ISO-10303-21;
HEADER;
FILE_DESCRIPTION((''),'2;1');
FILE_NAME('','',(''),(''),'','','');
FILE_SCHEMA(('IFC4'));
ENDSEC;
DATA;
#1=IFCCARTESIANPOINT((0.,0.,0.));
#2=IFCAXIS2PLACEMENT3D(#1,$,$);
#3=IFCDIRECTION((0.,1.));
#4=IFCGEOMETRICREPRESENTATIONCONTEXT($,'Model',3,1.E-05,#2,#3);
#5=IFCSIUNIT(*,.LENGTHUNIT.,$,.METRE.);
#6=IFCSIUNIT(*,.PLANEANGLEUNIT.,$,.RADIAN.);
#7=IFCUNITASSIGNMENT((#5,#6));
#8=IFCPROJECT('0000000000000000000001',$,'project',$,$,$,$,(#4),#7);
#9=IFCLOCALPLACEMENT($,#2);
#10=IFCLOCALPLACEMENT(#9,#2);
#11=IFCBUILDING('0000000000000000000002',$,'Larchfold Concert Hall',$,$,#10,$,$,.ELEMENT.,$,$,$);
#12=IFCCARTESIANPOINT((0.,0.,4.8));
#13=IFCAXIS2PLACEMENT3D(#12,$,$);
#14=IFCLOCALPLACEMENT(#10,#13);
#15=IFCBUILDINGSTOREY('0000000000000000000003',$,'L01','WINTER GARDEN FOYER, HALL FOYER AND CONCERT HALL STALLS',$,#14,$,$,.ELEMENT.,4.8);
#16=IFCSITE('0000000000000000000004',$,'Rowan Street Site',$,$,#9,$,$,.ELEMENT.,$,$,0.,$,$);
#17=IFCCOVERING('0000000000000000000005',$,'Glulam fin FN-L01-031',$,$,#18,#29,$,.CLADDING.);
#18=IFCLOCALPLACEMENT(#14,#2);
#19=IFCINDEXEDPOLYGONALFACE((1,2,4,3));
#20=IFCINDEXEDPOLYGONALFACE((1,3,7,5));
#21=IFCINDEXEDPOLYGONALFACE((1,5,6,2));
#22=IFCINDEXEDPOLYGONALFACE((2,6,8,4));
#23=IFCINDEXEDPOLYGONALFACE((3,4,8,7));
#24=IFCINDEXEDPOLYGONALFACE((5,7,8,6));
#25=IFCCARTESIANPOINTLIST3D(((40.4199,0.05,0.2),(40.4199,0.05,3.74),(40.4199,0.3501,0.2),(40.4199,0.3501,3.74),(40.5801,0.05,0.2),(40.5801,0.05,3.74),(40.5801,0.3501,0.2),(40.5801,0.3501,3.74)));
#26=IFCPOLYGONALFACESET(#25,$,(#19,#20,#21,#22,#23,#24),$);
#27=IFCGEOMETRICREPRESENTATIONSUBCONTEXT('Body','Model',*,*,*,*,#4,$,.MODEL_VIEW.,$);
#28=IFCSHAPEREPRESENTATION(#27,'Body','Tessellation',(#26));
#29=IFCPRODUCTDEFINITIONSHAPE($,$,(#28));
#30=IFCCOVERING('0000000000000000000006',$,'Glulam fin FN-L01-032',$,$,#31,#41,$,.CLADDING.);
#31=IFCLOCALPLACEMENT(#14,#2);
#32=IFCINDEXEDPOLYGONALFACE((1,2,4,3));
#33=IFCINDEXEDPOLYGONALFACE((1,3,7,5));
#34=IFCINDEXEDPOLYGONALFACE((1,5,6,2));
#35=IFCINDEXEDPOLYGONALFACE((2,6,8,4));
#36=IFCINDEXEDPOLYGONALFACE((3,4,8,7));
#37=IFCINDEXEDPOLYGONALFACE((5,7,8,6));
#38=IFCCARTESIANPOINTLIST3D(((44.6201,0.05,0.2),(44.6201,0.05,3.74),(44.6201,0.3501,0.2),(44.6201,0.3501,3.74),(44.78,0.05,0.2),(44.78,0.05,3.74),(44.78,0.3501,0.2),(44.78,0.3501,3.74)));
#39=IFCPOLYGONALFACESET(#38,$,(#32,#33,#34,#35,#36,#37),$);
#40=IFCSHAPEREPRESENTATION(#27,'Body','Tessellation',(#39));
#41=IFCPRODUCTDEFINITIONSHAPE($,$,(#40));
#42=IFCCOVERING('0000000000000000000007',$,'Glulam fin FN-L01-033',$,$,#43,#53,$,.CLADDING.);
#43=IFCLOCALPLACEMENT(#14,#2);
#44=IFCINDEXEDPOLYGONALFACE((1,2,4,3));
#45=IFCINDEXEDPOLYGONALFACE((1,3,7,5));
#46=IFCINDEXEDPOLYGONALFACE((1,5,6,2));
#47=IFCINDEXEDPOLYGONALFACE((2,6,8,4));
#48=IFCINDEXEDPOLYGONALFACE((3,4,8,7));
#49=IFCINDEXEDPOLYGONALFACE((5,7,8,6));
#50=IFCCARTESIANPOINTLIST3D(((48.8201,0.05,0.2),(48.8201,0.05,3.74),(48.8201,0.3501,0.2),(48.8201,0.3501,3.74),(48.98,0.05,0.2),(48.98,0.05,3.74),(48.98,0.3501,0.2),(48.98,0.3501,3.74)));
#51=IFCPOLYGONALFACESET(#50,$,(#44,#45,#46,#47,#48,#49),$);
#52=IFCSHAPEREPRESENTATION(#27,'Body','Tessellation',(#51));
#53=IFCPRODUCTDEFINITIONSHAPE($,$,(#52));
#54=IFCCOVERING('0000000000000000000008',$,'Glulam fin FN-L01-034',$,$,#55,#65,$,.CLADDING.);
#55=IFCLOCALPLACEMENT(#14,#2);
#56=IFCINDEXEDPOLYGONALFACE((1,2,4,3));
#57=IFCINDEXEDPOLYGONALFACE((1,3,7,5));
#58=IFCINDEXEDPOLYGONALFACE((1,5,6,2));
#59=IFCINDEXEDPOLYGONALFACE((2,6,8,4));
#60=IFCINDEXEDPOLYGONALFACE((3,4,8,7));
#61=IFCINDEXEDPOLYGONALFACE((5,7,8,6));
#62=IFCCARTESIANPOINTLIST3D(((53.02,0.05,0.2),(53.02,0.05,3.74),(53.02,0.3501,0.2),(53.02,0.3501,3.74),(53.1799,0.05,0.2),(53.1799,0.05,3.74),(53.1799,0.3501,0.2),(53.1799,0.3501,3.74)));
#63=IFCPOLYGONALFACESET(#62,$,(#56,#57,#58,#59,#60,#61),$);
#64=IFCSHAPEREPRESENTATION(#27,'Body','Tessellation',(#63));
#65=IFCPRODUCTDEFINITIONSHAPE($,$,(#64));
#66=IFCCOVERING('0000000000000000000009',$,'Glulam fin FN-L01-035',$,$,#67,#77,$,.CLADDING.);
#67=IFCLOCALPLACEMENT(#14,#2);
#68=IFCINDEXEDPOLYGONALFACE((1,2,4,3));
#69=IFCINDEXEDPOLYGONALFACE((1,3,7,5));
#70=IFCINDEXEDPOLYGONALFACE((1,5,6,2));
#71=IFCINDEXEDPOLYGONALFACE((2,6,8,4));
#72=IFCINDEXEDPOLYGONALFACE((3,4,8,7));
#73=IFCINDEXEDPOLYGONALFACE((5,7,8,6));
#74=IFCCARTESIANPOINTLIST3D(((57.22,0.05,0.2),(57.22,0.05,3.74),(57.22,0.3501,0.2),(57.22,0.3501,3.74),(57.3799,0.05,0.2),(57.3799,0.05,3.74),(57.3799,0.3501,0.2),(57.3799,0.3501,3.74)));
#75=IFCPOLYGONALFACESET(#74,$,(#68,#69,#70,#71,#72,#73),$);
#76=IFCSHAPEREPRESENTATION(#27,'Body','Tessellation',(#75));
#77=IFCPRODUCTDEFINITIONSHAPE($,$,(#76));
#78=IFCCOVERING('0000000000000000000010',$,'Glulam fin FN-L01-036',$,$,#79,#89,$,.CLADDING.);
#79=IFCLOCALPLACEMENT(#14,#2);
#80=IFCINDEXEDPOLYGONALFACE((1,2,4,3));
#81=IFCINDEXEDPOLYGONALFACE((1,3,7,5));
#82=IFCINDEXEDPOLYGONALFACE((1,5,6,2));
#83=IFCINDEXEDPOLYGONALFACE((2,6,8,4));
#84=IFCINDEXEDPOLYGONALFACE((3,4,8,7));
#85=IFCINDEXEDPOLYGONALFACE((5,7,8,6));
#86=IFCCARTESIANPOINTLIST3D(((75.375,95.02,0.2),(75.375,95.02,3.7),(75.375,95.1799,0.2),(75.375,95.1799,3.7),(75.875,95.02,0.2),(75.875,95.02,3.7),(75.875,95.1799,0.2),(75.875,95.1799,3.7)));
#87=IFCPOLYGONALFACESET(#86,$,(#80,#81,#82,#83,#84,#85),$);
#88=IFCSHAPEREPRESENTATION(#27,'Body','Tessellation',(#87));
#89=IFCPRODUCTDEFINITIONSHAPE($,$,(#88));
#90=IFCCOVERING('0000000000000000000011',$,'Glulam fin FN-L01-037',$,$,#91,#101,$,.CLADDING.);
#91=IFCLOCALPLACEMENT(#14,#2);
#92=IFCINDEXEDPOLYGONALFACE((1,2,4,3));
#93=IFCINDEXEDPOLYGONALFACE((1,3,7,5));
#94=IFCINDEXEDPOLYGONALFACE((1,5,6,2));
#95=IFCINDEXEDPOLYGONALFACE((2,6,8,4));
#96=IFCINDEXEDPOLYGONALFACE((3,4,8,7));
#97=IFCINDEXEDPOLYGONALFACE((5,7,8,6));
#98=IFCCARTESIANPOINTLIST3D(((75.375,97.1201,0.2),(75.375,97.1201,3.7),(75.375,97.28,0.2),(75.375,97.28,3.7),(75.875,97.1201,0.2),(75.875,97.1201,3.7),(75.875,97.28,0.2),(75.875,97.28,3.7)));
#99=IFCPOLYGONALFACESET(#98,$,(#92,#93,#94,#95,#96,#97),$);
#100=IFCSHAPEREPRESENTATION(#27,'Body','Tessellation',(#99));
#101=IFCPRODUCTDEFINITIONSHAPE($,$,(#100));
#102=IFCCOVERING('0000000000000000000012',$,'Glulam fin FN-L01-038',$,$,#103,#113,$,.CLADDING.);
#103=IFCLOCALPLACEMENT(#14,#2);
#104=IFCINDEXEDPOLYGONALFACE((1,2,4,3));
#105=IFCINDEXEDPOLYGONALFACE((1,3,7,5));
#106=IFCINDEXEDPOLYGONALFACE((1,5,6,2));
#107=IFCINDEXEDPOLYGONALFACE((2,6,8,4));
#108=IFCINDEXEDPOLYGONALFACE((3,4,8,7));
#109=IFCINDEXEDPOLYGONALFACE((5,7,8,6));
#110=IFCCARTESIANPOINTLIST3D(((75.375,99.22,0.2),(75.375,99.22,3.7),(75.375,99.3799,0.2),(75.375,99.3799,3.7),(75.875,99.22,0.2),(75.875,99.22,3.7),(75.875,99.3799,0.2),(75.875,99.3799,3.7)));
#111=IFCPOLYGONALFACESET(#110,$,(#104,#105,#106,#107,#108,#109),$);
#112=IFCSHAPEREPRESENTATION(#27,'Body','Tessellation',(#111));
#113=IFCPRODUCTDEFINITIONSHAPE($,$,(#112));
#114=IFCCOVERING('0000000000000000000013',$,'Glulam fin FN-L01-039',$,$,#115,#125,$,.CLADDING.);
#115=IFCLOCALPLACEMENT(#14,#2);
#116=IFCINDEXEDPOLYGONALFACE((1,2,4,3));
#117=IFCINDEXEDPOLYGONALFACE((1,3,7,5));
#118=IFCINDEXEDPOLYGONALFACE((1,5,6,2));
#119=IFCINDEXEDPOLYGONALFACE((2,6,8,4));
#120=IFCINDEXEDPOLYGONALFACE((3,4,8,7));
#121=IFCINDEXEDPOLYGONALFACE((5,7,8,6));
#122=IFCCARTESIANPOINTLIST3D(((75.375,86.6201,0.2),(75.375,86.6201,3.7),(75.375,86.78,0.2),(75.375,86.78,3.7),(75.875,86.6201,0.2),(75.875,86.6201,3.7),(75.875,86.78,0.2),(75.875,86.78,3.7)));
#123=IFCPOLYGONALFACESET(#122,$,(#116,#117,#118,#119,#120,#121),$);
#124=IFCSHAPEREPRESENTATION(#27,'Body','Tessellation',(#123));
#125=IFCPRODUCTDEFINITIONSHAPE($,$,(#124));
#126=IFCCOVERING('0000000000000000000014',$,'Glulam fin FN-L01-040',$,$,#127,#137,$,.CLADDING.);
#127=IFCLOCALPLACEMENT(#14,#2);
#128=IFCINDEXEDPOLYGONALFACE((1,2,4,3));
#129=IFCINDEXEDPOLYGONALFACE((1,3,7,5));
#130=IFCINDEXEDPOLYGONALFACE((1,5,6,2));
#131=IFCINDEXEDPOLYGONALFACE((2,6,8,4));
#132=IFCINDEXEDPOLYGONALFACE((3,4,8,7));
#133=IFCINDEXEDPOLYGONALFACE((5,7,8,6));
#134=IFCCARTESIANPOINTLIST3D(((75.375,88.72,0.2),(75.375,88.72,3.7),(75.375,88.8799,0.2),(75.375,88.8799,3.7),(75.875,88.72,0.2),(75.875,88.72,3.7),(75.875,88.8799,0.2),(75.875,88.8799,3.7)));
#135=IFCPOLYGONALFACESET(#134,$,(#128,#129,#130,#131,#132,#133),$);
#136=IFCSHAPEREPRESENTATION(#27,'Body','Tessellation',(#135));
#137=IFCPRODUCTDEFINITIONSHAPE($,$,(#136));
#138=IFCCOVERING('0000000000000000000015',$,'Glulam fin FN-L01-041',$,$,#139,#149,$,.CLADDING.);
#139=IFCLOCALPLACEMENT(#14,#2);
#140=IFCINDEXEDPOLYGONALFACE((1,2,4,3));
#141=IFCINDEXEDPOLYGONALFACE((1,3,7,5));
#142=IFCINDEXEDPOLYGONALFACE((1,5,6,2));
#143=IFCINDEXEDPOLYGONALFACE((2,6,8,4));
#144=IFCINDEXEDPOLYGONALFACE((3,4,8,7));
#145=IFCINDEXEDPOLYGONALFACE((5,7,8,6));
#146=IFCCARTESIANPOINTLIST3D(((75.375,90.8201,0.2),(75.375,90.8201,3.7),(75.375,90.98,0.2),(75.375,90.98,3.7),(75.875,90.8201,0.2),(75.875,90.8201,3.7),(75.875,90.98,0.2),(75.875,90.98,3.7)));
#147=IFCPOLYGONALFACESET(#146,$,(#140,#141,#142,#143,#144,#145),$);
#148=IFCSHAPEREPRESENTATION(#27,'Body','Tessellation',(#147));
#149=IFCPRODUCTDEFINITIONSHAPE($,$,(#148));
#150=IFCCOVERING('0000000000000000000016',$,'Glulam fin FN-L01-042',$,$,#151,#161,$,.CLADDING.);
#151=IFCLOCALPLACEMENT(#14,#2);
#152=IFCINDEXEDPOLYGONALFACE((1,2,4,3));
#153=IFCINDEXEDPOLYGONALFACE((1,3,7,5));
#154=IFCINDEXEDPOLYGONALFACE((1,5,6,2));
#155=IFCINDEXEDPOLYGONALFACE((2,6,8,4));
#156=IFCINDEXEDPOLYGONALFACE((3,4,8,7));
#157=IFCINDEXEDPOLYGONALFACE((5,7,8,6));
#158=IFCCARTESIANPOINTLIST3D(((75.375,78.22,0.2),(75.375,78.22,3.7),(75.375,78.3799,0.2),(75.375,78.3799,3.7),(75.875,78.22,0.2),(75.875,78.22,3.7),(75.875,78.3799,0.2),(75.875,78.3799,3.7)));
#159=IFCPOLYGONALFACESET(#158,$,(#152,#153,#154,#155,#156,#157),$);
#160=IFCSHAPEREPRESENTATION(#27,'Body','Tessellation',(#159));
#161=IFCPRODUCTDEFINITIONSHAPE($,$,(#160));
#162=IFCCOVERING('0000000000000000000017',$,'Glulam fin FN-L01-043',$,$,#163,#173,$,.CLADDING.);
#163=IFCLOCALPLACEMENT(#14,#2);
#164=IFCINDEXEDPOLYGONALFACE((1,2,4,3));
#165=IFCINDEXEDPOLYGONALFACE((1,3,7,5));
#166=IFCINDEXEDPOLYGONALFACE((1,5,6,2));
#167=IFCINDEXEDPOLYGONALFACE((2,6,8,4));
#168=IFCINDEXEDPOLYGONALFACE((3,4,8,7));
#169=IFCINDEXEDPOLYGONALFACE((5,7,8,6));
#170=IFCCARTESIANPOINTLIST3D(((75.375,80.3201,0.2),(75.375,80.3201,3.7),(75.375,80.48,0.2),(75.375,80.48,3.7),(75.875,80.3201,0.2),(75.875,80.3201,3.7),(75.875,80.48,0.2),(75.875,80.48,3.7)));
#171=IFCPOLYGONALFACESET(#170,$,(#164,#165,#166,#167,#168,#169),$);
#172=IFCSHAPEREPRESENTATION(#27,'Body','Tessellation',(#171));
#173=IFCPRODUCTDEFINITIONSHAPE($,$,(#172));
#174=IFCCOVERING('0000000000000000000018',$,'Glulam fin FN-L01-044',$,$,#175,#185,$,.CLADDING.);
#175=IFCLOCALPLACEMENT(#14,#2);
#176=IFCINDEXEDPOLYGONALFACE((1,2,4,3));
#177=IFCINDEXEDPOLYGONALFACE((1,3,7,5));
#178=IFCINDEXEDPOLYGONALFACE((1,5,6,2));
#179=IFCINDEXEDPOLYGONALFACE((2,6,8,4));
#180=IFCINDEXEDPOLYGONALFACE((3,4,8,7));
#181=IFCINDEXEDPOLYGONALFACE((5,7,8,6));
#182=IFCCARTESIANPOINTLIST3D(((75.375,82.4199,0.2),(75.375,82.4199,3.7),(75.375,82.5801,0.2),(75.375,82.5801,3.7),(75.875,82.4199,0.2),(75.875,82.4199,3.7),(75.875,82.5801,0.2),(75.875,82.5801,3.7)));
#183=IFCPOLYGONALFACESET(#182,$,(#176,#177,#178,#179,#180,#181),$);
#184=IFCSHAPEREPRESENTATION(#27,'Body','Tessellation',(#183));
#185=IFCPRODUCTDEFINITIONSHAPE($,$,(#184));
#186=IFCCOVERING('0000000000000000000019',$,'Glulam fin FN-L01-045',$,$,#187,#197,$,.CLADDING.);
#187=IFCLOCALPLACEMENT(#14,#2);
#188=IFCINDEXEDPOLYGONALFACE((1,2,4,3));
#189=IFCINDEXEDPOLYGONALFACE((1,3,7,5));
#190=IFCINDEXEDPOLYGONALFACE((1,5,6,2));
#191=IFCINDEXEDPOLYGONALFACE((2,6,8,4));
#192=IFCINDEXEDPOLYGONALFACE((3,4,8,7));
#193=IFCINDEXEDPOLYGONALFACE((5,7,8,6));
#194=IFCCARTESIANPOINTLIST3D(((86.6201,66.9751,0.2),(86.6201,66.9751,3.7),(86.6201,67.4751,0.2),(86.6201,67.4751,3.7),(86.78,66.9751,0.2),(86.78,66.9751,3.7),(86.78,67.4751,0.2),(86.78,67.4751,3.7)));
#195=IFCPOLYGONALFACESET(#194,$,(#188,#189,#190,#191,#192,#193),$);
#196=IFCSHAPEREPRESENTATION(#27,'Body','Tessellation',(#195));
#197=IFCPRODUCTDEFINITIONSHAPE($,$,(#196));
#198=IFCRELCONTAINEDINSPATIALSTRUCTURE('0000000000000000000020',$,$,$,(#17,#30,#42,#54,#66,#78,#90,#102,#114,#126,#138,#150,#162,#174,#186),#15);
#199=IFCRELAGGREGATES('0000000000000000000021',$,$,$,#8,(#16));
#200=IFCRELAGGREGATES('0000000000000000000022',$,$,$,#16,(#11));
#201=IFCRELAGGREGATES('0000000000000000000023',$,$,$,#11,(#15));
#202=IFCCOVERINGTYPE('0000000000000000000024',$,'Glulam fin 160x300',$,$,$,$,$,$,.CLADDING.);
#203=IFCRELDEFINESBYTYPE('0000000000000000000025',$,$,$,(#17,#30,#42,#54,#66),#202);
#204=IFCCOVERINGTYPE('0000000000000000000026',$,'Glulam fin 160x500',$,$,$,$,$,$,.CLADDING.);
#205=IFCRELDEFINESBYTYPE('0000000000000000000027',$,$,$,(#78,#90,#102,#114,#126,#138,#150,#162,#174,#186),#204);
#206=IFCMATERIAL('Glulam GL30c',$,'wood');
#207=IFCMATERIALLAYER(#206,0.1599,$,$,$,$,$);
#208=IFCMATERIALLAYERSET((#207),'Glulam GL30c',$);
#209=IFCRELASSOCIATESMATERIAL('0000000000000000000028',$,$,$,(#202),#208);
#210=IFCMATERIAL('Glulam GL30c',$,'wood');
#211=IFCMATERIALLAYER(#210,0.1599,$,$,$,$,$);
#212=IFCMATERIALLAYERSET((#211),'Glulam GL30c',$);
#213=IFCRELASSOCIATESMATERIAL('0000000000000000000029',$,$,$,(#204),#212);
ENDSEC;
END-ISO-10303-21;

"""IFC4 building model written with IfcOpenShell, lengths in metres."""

from ifc_helpers import new_model, si_unit, direction, frame, origin, place, context, subcontext, project, spatial, polyline, outline, extrude, material, layer, layer_set, type_object, element, save


model = new_model("IFC4")

# Units and contexts
model_context = context("Model", 3, precision=1e-05, world=origin(), true_north=direction((0.0, 1.0)))
body_context = subcontext(model_context, "Body", "Model", "MODEL_VIEW")
ifc_project = project(units=[si_unit("LENGTHUNIT", "METRE"), si_unit("PLANEANGLEUNIT", "RADIAN")], contexts=[model_context])

# Site, building, storey
site_placement = place(None, origin())
site = spatial("IfcSite", under=ifc_project, at=site_placement, Name="Rowan Street Site", CompositionType="ELEMENT", RefElevation=0.0)
building_placement = place(site_placement, origin())
building = spatial("IfcBuilding", under=site, at=building_placement, Name="Larchfold Concert Hall", CompositionType="ELEMENT")
storey_placement = place(building_placement, frame((0.0, 0.0, 4.8)))
storey = spatial("IfcBuildingStorey", under=building, at=storey_placement, Name="L01", Description="WINTER GARDEN FOYER, HALL FOYER AND CONCERT HALL STALLS", CompositionType="ELEMENT", Elevation=4.8)

# Coverings
ifc_material_1 = material(Name="Glulam GL30c", Category="wood")
ifc_layer_1 = layer(ifc_material_1, 0.1599)
ifc_layer_set_1 = layer_set([ifc_layer_1], Name="Glulam GL30c")
covering_type_1 = type_object("IfcCoveringType", Name="Glulam fin 160x300", PredefinedType="CLADDING", material=ifc_layer_set_1)
covering_1_placement = place(storey_placement, frame((0.0, 0.0, 0.2)))
element("IfcCovering", 1, at=covering_1_placement, inside=storey, type_object=covering_type_1, Name="Glulam fin FN-L01-031", PredefinedType="CLADDING", context=body_context, shape_type="SweptSolid", body=[
    extrude(outline(polyline([(40.5801, 0.05), (40.5801, 0.3501), (40.4199, 0.3501), (40.4199, 0.05), (40.5801, 0.05)])), origin(), (0.0, 0.0, 1.0), 3.54),
])
covering_2_placement = place(storey_placement, frame((0.0, 0.0, 0.2)))
element("IfcCovering", 2, at=covering_2_placement, inside=storey, type_object=covering_type_1, Name="Glulam fin FN-L01-032", PredefinedType="CLADDING", context=body_context, shape_type="SweptSolid", body=[
    extrude(outline(polyline([(44.78, 0.05), (44.78, 0.3501), (44.6201, 0.3501), (44.6201, 0.05), (44.78, 0.05)])), origin(), (0.0, 0.0, 1.0), 3.54),
])
covering_3_placement = place(storey_placement, frame((0.0, 0.0, 0.2)))
element("IfcCovering", 3, at=covering_3_placement, inside=storey, type_object=covering_type_1, Name="Glulam fin FN-L01-033", PredefinedType="CLADDING", context=body_context, shape_type="SweptSolid", body=[
    extrude(outline(polyline([(48.98, 0.05), (48.98, 0.3501), (48.8201, 0.3501), (48.8201, 0.05), (48.98, 0.05)])), origin(), (0.0, 0.0, 1.0), 3.54),
])
covering_4_placement = place(storey_placement, frame((0.0, 0.0, 0.2)))
element("IfcCovering", 4, at=covering_4_placement, inside=storey, type_object=covering_type_1, Name="Glulam fin FN-L01-034", PredefinedType="CLADDING", context=body_context, shape_type="SweptSolid", body=[
    extrude(outline(polyline([(53.1799, 0.05), (53.1799, 0.3501), (53.02, 0.3501), (53.02, 0.05), (53.1799, 0.05)])), origin(), (0.0, 0.0, 1.0), 3.54),
])
covering_5_placement = place(storey_placement, frame((0.0, 0.0, 0.2)))
element("IfcCovering", 5, at=covering_5_placement, inside=storey, type_object=covering_type_1, Name="Glulam fin FN-L01-035", PredefinedType="CLADDING", context=body_context, shape_type="SweptSolid", body=[
    extrude(outline(polyline([(57.3799, 0.05), (57.3799, 0.3501), (57.22, 0.3501), (57.22, 0.05), (57.3799, 0.05)])), origin(), (0.0, 0.0, 1.0), 3.54),
])
ifc_material_2 = material(Name="Glulam GL30c", Category="wood")
ifc_layer_2 = layer(ifc_material_2, 0.1599)
ifc_layer_set_2 = layer_set([ifc_layer_2], Name="Glulam GL30c")
covering_type_2 = type_object("IfcCoveringType", Name="Glulam fin 160x500", PredefinedType="CLADDING", material=ifc_layer_set_2)
covering_6_placement = place(storey_placement, frame((0.0, 0.0, 0.2)))
element("IfcCovering", 6, at=covering_6_placement, inside=storey, type_object=covering_type_2, Name="Glulam fin FN-L01-036", PredefinedType="CLADDING", context=body_context, shape_type="SweptSolid", body=[
    extrude(outline(polyline([(75.875, 95.02), (75.875, 95.1799), (75.375, 95.1799), (75.375, 95.02), (75.875, 95.02)])), origin(), (0.0, 0.0, 1.0), 3.5),
])
covering_7_placement = place(storey_placement, frame((0.0, 0.0, 0.2)))
element("IfcCovering", 7, at=covering_7_placement, inside=storey, type_object=covering_type_2, Name="Glulam fin FN-L01-037", PredefinedType="CLADDING", context=body_context, shape_type="SweptSolid", body=[
    extrude(outline(polyline([(75.875, 97.1201), (75.875, 97.28), (75.375, 97.28), (75.375, 97.1201), (75.875, 97.1201)])), origin(), (0.0, 0.0, 1.0), 3.5),
])
covering_8_placement = place(storey_placement, frame((0.0, 0.0, 0.2)))
element("IfcCovering", 8, at=covering_8_placement, inside=storey, type_object=covering_type_2, Name="Glulam fin FN-L01-038", PredefinedType="CLADDING", context=body_context, shape_type="SweptSolid", body=[
    extrude(outline(polyline([(75.875, 99.22), (75.875, 99.3799), (75.375, 99.3799), (75.375, 99.22), (75.875, 99.22)])), origin(), (0.0, 0.0, 1.0), 3.5),
])
covering_9_placement = place(storey_placement, frame((0.0, 0.0, 0.2)))
element("IfcCovering", 9, at=covering_9_placement, inside=storey, type_object=covering_type_2, Name="Glulam fin FN-L01-039", PredefinedType="CLADDING", context=body_context, shape_type="SweptSolid", body=[
    extrude(outline(polyline([(75.875, 86.6201), (75.875, 86.78), (75.375, 86.78), (75.375, 86.6201), (75.875, 86.6201)])), origin(), (0.0, 0.0, 1.0), 3.5),
])
covering_10_placement = place(storey_placement, frame((0.0, 0.0, 0.2)))
element("IfcCovering", 10, at=covering_10_placement, inside=storey, type_object=covering_type_2, Name="Glulam fin FN-L01-040", PredefinedType="CLADDING", context=body_context, shape_type="SweptSolid", body=[
    extrude(outline(polyline([(75.875, 88.72), (75.875, 88.8799), (75.375, 88.8799), (75.375, 88.72), (75.875, 88.72)])), origin(), (0.0, 0.0, 1.0), 3.5),
])
covering_11_placement = place(storey_placement, frame((0.0, 0.0, 0.2)))
element("IfcCovering", 11, at=covering_11_placement, inside=storey, type_object=covering_type_2, Name="Glulam fin FN-L01-041", PredefinedType="CLADDING", context=body_context, shape_type="SweptSolid", body=[
    extrude(outline(polyline([(75.875, 90.8201), (75.875, 90.98), (75.375, 90.98), (75.375, 90.8201), (75.875, 90.8201)])), origin(), (0.0, 0.0, 1.0), 3.5),
])
covering_12_placement = place(storey_placement, frame((0.0, 0.0, 0.2)))
element("IfcCovering", 12, at=covering_12_placement, inside=storey, type_object=covering_type_2, Name="Glulam fin FN-L01-042", PredefinedType="CLADDING", context=body_context, shape_type="SweptSolid", body=[
    extrude(outline(polyline([(75.875, 78.22), (75.875, 78.3799), (75.375, 78.3799), (75.375, 78.22), (75.875, 78.22)])), origin(), (0.0, 0.0, 1.0), 3.5),
])
covering_13_placement = place(storey_placement, frame((0.0, 0.0, 0.2)))
element("IfcCovering", 13, at=covering_13_placement, inside=storey, type_object=covering_type_2, Name="Glulam fin FN-L01-043", PredefinedType="CLADDING", context=body_context, shape_type="SweptSolid", body=[
    extrude(outline(polyline([(75.875, 80.3201), (75.875, 80.48), (75.375, 80.48), (75.375, 80.3201), (75.875, 80.3201)])), origin(), (0.0, 0.0, 1.0), 3.5),
])
covering_14_placement = place(storey_placement, frame((0.0, 0.0, 0.2)))
element("IfcCovering", 14, at=covering_14_placement, inside=storey, type_object=covering_type_2, Name="Glulam fin FN-L01-044", PredefinedType="CLADDING", context=body_context, shape_type="SweptSolid", body=[
    extrude(outline(polyline([(75.875, 82.4199), (75.875, 82.5801), (75.375, 82.5801), (75.375, 82.4199), (75.875, 82.4199)])), origin(), (0.0, 0.0, 1.0), 3.5),
])
covering_15_placement = place(storey_placement, frame((0.0, 0.0, 0.2)))
element("IfcCovering", 15, at=covering_15_placement, inside=storey, type_object=covering_type_2, Name="Glulam fin FN-L01-045", PredefinedType="CLADDING", context=body_context, shape_type="SweptSolid", body=[
    extrude(outline(polyline([(86.78, 66.9751), (86.78, 67.4751), (86.6201, 67.4751), (86.6201, 66.9751), (86.78, 66.9751)])), origin(), (0.0, 0.0, 1.0), 3.5),
])

save(model, "model.ifc")
